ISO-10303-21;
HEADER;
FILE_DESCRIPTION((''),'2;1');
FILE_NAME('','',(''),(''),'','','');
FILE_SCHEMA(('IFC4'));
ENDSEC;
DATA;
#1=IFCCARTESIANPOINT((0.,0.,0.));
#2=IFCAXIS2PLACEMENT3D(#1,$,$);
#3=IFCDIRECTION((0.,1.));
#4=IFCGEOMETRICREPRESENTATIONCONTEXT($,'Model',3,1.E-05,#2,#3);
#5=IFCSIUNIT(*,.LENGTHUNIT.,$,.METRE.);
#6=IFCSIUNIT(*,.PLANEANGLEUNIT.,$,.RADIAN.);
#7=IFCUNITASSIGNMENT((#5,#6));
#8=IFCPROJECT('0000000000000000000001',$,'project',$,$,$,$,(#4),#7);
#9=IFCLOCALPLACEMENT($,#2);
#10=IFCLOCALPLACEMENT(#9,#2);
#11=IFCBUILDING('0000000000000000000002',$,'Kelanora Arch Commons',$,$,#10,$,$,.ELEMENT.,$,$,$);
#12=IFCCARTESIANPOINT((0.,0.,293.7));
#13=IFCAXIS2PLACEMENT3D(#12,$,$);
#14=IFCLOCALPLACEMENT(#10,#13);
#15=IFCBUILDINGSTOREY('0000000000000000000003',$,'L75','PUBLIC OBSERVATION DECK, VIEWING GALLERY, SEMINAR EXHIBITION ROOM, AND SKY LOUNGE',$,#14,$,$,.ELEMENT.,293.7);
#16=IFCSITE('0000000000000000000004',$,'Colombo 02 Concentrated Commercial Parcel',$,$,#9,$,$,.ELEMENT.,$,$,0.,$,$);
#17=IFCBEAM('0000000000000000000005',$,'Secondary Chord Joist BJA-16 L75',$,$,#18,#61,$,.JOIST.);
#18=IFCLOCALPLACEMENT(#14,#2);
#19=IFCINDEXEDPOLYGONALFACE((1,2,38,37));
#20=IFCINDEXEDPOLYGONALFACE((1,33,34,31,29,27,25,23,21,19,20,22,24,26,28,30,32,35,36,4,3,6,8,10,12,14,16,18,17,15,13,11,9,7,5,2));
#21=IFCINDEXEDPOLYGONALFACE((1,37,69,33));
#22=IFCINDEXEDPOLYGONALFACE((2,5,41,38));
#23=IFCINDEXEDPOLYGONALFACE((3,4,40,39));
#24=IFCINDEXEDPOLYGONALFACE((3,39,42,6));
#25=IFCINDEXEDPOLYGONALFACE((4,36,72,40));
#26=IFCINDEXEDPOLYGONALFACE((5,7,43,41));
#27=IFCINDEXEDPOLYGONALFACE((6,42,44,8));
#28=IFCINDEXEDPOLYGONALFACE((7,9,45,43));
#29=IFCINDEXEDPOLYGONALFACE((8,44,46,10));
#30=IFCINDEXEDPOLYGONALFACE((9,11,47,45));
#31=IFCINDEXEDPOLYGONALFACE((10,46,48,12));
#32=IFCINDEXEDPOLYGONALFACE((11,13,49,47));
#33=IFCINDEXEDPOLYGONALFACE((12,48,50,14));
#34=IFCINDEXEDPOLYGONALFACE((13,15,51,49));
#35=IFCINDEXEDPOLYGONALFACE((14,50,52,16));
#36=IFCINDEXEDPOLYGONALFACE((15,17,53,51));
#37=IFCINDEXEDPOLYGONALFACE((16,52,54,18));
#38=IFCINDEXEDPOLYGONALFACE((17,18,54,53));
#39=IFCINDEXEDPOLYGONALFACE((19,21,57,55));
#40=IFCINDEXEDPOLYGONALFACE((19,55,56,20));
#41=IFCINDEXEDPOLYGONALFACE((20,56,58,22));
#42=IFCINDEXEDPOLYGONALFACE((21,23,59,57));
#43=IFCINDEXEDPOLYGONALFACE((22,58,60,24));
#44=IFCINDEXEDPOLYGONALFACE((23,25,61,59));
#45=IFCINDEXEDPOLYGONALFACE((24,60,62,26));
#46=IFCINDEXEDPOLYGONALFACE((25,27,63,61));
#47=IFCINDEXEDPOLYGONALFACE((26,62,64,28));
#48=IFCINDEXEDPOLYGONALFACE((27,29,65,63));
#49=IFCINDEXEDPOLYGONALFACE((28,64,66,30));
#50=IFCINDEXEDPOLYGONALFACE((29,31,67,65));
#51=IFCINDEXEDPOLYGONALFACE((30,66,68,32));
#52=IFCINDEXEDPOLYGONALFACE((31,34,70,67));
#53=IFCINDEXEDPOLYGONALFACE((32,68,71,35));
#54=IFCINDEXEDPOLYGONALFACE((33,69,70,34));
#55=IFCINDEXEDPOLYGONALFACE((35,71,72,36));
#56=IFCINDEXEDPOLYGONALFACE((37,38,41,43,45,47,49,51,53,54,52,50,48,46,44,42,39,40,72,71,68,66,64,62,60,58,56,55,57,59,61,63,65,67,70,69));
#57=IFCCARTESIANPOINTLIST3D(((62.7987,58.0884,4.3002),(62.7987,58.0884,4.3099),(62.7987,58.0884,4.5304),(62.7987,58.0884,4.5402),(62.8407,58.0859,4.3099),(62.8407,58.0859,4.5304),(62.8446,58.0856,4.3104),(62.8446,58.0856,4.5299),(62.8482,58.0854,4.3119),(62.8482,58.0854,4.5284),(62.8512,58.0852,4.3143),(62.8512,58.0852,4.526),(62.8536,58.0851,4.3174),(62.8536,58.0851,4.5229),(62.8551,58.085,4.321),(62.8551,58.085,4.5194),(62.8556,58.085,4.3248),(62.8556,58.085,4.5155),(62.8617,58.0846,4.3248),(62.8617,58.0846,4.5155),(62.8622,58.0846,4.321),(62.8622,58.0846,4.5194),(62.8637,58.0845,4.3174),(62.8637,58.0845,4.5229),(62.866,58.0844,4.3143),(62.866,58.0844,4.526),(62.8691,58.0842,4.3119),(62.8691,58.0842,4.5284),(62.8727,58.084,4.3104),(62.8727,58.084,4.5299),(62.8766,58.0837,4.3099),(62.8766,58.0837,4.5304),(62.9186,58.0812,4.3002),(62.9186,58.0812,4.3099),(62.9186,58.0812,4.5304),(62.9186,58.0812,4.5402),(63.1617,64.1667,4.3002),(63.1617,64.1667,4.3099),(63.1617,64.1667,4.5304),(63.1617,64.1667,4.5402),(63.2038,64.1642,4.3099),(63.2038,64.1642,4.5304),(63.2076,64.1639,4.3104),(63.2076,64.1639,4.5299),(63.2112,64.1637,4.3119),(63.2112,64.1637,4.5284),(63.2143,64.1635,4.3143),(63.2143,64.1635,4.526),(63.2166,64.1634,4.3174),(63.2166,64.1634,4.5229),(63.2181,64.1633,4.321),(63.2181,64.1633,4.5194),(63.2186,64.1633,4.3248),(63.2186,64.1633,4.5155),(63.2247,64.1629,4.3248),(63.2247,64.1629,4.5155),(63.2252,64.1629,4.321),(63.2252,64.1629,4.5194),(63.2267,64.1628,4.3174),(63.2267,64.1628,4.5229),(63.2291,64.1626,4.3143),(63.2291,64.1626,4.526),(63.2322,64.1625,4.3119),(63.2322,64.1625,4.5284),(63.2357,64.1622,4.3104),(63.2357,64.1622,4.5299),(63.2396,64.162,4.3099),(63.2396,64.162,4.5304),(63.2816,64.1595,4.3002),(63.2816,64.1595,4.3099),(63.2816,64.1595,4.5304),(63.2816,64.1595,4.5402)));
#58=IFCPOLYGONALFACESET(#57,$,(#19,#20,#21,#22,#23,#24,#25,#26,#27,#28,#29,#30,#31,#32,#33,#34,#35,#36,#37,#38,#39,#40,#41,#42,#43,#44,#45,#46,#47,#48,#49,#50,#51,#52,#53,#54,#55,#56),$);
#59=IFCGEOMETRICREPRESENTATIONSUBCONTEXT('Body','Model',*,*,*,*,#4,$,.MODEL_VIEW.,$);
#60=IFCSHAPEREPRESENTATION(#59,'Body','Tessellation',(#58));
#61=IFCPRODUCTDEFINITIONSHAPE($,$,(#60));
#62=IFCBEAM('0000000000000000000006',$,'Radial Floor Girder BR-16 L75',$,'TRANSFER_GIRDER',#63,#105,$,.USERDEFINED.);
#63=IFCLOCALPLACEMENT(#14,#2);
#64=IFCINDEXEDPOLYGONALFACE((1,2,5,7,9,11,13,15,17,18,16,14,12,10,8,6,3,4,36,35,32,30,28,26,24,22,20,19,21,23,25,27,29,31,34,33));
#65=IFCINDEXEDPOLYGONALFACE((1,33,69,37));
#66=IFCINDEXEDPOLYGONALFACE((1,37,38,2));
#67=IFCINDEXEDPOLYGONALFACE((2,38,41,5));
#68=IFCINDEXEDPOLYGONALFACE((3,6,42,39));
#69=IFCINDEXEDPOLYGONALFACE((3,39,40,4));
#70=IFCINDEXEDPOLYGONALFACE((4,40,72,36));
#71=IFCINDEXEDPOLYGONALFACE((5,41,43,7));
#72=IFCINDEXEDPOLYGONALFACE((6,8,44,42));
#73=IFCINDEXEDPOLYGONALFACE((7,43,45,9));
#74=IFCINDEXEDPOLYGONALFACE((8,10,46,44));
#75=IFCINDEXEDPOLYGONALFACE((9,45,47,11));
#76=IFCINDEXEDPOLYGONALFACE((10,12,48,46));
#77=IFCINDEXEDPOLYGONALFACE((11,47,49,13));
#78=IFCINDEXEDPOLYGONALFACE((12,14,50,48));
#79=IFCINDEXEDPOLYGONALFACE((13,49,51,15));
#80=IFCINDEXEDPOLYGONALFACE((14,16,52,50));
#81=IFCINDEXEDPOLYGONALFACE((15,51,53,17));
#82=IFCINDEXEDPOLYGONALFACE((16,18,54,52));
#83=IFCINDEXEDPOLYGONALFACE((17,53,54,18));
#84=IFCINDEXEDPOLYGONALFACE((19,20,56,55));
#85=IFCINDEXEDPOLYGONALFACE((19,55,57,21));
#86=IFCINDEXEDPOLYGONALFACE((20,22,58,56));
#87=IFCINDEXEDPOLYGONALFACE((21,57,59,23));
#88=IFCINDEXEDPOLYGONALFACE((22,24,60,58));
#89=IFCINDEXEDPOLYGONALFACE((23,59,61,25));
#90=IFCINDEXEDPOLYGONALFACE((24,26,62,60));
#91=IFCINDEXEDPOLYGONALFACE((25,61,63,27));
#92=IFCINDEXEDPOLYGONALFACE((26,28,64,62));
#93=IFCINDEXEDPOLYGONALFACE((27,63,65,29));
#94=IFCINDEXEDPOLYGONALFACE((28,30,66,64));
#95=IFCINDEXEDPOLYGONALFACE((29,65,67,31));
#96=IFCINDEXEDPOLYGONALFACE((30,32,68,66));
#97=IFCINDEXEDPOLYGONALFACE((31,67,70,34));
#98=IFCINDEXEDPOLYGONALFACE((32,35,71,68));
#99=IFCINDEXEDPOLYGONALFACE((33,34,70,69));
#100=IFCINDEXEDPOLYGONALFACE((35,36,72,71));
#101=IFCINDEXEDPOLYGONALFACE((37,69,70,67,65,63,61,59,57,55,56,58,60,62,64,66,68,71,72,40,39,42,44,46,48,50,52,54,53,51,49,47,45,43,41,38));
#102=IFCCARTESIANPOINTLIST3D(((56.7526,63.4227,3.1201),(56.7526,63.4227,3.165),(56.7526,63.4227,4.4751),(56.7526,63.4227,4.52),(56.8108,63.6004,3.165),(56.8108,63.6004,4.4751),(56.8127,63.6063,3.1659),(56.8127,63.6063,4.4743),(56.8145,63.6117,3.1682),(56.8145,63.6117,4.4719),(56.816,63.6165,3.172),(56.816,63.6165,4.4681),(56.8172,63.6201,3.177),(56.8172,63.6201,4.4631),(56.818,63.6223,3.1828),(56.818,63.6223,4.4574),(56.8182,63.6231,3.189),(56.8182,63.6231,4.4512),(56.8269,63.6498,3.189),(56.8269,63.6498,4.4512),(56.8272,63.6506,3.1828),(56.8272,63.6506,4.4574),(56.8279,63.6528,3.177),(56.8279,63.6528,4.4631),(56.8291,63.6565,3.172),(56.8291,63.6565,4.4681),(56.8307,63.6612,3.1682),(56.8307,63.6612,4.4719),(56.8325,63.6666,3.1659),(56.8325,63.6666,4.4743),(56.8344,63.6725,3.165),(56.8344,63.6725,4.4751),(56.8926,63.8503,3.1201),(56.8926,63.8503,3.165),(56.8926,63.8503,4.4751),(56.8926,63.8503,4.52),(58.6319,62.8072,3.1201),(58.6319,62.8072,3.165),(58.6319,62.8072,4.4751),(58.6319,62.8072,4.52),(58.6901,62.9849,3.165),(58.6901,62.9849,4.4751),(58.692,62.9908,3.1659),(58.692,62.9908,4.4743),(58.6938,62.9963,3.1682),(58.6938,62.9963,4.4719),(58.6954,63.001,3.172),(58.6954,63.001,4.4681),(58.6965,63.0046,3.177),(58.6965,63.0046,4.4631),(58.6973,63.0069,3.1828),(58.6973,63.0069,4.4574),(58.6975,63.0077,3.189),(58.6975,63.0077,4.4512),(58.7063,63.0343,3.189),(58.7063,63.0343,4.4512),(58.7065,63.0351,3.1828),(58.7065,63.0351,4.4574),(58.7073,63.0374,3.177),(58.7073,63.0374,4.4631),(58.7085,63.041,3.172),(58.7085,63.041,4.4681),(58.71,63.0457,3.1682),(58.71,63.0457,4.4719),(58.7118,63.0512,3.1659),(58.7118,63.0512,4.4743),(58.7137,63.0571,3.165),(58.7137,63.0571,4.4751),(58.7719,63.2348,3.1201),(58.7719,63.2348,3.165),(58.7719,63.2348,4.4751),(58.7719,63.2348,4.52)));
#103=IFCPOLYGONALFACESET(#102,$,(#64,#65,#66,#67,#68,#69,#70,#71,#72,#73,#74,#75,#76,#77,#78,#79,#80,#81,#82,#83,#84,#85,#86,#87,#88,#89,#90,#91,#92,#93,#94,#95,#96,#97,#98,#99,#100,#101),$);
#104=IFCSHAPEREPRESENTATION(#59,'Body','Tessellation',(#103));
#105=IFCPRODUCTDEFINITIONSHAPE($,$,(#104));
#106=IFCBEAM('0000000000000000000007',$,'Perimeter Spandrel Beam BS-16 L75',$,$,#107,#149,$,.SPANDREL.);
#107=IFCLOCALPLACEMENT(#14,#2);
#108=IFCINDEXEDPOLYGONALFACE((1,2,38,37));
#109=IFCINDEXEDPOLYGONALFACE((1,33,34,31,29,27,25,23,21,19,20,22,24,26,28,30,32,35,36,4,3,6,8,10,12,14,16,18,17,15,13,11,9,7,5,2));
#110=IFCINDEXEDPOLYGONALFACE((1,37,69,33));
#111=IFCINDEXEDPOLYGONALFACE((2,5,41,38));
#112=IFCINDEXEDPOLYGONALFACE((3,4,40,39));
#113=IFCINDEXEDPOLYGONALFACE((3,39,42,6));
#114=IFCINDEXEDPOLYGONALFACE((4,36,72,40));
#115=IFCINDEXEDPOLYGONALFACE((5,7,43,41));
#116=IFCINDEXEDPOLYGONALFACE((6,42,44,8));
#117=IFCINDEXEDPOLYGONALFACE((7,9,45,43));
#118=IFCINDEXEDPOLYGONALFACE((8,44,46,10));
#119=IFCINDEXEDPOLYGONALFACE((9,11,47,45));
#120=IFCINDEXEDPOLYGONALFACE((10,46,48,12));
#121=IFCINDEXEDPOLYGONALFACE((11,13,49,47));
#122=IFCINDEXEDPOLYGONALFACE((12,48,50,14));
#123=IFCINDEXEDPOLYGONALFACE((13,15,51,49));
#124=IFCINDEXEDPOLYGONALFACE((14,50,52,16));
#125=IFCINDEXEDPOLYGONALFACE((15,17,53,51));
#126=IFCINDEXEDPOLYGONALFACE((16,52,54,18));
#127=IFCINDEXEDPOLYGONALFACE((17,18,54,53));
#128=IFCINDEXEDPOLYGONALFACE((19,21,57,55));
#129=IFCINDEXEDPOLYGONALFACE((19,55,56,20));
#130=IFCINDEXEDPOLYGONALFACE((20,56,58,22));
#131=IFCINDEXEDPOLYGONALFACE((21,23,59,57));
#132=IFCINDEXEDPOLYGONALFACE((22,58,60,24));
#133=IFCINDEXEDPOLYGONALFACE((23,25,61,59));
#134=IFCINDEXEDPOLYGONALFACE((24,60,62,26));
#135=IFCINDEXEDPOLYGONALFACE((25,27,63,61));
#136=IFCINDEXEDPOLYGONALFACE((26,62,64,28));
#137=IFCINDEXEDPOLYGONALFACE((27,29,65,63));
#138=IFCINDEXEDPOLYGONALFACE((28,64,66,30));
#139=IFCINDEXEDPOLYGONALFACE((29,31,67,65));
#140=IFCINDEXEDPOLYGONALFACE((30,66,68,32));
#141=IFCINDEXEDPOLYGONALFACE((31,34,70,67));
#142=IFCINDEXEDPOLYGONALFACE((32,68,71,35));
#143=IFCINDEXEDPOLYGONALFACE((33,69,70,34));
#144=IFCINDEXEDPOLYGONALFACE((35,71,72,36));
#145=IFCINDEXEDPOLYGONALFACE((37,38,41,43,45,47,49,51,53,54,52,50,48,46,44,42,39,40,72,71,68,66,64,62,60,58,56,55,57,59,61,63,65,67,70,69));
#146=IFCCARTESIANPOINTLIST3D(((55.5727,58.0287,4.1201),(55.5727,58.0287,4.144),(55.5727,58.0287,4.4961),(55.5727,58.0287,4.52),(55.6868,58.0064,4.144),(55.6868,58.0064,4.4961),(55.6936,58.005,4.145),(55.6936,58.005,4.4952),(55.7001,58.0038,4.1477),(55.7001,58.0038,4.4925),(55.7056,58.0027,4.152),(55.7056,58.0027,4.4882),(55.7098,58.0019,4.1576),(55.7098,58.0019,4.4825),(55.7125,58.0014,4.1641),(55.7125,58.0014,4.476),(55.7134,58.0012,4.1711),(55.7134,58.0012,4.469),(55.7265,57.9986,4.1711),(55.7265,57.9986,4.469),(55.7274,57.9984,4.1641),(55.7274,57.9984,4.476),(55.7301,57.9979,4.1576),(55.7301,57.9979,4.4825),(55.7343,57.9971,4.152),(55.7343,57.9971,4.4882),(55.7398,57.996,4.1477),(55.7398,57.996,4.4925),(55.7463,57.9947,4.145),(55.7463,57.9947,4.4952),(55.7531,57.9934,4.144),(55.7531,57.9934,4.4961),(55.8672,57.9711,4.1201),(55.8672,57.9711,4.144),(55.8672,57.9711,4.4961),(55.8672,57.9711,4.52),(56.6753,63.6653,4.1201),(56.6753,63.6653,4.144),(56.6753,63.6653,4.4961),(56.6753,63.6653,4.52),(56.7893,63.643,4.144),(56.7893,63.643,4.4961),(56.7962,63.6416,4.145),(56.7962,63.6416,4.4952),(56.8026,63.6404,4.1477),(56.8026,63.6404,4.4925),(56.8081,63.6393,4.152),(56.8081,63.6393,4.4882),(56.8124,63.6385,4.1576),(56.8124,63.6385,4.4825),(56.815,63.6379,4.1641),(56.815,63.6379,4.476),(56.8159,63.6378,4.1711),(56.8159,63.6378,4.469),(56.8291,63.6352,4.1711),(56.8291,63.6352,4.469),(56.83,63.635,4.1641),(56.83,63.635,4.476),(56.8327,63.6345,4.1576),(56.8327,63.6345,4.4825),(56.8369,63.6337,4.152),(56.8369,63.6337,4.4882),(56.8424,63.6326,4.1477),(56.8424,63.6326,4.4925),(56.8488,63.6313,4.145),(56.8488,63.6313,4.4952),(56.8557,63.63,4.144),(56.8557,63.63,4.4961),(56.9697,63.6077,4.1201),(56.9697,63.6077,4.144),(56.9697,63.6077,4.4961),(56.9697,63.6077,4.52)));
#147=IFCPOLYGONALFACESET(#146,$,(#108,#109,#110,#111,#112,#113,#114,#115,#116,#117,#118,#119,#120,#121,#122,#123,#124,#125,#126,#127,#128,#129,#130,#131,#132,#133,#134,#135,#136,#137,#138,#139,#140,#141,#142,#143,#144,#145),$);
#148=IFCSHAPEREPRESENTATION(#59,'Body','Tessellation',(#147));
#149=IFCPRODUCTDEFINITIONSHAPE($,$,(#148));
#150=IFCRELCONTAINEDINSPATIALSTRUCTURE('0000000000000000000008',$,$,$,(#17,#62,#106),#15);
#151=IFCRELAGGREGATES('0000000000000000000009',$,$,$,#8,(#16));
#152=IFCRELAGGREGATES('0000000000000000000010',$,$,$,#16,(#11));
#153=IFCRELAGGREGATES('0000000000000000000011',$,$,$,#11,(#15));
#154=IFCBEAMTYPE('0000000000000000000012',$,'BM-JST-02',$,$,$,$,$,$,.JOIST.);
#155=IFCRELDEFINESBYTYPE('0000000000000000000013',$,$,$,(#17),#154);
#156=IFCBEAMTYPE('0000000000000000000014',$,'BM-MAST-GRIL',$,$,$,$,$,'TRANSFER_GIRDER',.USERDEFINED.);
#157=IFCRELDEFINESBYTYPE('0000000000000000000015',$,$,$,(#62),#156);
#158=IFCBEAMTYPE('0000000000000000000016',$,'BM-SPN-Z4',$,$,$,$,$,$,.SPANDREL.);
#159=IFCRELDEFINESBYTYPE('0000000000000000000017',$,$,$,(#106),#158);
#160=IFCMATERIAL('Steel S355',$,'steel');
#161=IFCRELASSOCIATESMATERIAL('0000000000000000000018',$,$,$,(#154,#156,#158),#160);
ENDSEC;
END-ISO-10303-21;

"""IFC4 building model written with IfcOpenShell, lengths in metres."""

from ifc_helpers import new_model, si_unit, direction, frame, origin, origin_2d, place, context, subcontext, project, spatial, i_section, extrude, material, material_profile, profile_set, type_object, element, save


model = new_model("IFC4")

# Units and contexts
model_context = context("Model", 3, precision=1e-05, world=origin(), true_north=direction((0.0, 1.0)))
body_context = subcontext(model_context, "Body", "Model", "MODEL_VIEW")
ifc_project = project(units=[si_unit("LENGTHUNIT", "METRE"), si_unit("PLANEANGLEUNIT", "RADIAN")], contexts=[model_context])

# Site, building, storey
site_placement = place(None, origin())
site = spatial("IfcSite", under=ifc_project, at=site_placement, Name="Colombo 02 Concentrated Commercial Parcel", CompositionType="ELEMENT", RefElevation=0.0)
building_placement = place(site_placement, origin())
building = spatial("IfcBuilding", under=site, at=building_placement, Name="Kelanora Arch Commons", CompositionType="ELEMENT")
storey_placement = place(building_placement, frame((0.0, 0.0, 293.7)))
storey = spatial("IfcBuildingStorey", under=building, at=storey_placement, Name="L75", Description="PUBLIC OBSERVATION DECK, VIEWING GALLERY, SEMINAR EXHIBITION ROOM, AND SKY LOUNGE", CompositionType="ELEMENT", Elevation=293.7)

# Beams
ifc_material_1 = material(Name="Steel S355", Category="steel")
ifc_material_profile_1 = material_profile(ifc_material_1, i_section(OverallWidth=0.1201, OverallDepth=0.24, WebThickness=0.0061, FlangeThickness=0.0098, FilletRadius=0.0149, at=origin_2d()), Name="IPE240")
ifc_profile_set_1 = profile_set([ifc_material_profile_1], Name="Steel S355")
beam_type_1 = type_object("IfcBeamType", Name="BM-JST-02", PredefinedType="JOIST", material=ifc_profile_set_1)
beam_1_placement = place(storey_placement, frame((63.2217, 64.1631, 4.4202), z_axis=(-0.05962, -0.998221, 0.0), x_axis=(0.998221, -0.05962, 0.0)))
element("IfcBeam", 1, at=beam_1_placement, inside=storey, type_object=beam_type_1, Name="Secondary Chord Joist BJA-16 L75", PredefinedType="JOIST", context=body_context, shape_type="SweptSolid", body=[
    extrude(i_section(OverallWidth=0.1201, OverallDepth=0.24, WebThickness=0.0061, FlangeThickness=0.0098, FilletRadius=0.0149, at=origin_2d()), origin(), (0.0, 0.0, 1.0), 6.0891),
])
ifc_material_profile_2 = material_profile(ifc_material_1, i_section(OverallWidth=0.45, OverallDepth=1.3999, WebThickness=0.0281, FlangeThickness=0.0449, FilletRadius=0.0239, at=origin_2d()), Name="PG1400x450")
ifc_profile_set_2 = profile_set([ifc_material_profile_2], Name="Steel S355")
beam_type_2 = type_object("IfcBeamType", Name="BM-MAST-GRIL", ElementType="TRANSFER_GIRDER", PredefinedType="USERDEFINED", material=ifc_profile_set_2)
beam_2_placement = place(storey_placement, frame((58.7019, 63.021, 3.8201), z_axis=(-0.950337, 0.311224, 0.0), x_axis=(-0.311224, -0.950337, 0.0)))
element("IfcBeam", 2, at=beam_2_placement, inside=storey, type_object=beam_type_2, Name="Radial Floor Girder BR-16 L75", ObjectType="TRANSFER_GIRDER", PredefinedType="USERDEFINED", context=body_context, shape_type="SweptSolid", body=[
    extrude(i_section(OverallWidth=0.45, OverallDepth=1.3999, WebThickness=0.0281, FlangeThickness=0.0449, FilletRadius=0.0239, at=origin_2d()), origin(), (0.0, 0.0, 1.0), 1.9775),
])
ifc_material_profile_3 = material_profile(ifc_material_1, i_section(OverallWidth=0.3, OverallDepth=0.3999, WebThickness=0.0134, FlangeThickness=0.0239, FilletRadius=0.0271, at=origin_2d()), Name="HEB400")
ifc_profile_set_3 = profile_set([ifc_material_profile_3], Name="Steel S355")
beam_type_3 = type_object("IfcBeamType", Name="BM-SPN-Z4", PredefinedType="SPANDREL", material=ifc_profile_set_3)
beam_3_placement = place(storey_placement, frame((56.8225, 63.6365, 4.3201), z_axis=(-0.19197, -0.981401, 0.0), x_axis=(0.981401, -0.19197, 0.0)))
element("IfcBeam", 3, at=beam_3_placement, inside=storey, type_object=beam_type_3, Name="Perimeter Spandrel Beam BS-16 L75", PredefinedType="SPANDREL", context=body_context, shape_type="SweptSolid", body=[
    extrude(i_section(OverallWidth=0.3, OverallDepth=0.3999, WebThickness=0.0134, FlangeThickness=0.0239, FilletRadius=0.0271, at=origin_2d()), origin(), (0.0, 0.0, 1.0), 5.7434),
])

save(model, "model.ifc")
